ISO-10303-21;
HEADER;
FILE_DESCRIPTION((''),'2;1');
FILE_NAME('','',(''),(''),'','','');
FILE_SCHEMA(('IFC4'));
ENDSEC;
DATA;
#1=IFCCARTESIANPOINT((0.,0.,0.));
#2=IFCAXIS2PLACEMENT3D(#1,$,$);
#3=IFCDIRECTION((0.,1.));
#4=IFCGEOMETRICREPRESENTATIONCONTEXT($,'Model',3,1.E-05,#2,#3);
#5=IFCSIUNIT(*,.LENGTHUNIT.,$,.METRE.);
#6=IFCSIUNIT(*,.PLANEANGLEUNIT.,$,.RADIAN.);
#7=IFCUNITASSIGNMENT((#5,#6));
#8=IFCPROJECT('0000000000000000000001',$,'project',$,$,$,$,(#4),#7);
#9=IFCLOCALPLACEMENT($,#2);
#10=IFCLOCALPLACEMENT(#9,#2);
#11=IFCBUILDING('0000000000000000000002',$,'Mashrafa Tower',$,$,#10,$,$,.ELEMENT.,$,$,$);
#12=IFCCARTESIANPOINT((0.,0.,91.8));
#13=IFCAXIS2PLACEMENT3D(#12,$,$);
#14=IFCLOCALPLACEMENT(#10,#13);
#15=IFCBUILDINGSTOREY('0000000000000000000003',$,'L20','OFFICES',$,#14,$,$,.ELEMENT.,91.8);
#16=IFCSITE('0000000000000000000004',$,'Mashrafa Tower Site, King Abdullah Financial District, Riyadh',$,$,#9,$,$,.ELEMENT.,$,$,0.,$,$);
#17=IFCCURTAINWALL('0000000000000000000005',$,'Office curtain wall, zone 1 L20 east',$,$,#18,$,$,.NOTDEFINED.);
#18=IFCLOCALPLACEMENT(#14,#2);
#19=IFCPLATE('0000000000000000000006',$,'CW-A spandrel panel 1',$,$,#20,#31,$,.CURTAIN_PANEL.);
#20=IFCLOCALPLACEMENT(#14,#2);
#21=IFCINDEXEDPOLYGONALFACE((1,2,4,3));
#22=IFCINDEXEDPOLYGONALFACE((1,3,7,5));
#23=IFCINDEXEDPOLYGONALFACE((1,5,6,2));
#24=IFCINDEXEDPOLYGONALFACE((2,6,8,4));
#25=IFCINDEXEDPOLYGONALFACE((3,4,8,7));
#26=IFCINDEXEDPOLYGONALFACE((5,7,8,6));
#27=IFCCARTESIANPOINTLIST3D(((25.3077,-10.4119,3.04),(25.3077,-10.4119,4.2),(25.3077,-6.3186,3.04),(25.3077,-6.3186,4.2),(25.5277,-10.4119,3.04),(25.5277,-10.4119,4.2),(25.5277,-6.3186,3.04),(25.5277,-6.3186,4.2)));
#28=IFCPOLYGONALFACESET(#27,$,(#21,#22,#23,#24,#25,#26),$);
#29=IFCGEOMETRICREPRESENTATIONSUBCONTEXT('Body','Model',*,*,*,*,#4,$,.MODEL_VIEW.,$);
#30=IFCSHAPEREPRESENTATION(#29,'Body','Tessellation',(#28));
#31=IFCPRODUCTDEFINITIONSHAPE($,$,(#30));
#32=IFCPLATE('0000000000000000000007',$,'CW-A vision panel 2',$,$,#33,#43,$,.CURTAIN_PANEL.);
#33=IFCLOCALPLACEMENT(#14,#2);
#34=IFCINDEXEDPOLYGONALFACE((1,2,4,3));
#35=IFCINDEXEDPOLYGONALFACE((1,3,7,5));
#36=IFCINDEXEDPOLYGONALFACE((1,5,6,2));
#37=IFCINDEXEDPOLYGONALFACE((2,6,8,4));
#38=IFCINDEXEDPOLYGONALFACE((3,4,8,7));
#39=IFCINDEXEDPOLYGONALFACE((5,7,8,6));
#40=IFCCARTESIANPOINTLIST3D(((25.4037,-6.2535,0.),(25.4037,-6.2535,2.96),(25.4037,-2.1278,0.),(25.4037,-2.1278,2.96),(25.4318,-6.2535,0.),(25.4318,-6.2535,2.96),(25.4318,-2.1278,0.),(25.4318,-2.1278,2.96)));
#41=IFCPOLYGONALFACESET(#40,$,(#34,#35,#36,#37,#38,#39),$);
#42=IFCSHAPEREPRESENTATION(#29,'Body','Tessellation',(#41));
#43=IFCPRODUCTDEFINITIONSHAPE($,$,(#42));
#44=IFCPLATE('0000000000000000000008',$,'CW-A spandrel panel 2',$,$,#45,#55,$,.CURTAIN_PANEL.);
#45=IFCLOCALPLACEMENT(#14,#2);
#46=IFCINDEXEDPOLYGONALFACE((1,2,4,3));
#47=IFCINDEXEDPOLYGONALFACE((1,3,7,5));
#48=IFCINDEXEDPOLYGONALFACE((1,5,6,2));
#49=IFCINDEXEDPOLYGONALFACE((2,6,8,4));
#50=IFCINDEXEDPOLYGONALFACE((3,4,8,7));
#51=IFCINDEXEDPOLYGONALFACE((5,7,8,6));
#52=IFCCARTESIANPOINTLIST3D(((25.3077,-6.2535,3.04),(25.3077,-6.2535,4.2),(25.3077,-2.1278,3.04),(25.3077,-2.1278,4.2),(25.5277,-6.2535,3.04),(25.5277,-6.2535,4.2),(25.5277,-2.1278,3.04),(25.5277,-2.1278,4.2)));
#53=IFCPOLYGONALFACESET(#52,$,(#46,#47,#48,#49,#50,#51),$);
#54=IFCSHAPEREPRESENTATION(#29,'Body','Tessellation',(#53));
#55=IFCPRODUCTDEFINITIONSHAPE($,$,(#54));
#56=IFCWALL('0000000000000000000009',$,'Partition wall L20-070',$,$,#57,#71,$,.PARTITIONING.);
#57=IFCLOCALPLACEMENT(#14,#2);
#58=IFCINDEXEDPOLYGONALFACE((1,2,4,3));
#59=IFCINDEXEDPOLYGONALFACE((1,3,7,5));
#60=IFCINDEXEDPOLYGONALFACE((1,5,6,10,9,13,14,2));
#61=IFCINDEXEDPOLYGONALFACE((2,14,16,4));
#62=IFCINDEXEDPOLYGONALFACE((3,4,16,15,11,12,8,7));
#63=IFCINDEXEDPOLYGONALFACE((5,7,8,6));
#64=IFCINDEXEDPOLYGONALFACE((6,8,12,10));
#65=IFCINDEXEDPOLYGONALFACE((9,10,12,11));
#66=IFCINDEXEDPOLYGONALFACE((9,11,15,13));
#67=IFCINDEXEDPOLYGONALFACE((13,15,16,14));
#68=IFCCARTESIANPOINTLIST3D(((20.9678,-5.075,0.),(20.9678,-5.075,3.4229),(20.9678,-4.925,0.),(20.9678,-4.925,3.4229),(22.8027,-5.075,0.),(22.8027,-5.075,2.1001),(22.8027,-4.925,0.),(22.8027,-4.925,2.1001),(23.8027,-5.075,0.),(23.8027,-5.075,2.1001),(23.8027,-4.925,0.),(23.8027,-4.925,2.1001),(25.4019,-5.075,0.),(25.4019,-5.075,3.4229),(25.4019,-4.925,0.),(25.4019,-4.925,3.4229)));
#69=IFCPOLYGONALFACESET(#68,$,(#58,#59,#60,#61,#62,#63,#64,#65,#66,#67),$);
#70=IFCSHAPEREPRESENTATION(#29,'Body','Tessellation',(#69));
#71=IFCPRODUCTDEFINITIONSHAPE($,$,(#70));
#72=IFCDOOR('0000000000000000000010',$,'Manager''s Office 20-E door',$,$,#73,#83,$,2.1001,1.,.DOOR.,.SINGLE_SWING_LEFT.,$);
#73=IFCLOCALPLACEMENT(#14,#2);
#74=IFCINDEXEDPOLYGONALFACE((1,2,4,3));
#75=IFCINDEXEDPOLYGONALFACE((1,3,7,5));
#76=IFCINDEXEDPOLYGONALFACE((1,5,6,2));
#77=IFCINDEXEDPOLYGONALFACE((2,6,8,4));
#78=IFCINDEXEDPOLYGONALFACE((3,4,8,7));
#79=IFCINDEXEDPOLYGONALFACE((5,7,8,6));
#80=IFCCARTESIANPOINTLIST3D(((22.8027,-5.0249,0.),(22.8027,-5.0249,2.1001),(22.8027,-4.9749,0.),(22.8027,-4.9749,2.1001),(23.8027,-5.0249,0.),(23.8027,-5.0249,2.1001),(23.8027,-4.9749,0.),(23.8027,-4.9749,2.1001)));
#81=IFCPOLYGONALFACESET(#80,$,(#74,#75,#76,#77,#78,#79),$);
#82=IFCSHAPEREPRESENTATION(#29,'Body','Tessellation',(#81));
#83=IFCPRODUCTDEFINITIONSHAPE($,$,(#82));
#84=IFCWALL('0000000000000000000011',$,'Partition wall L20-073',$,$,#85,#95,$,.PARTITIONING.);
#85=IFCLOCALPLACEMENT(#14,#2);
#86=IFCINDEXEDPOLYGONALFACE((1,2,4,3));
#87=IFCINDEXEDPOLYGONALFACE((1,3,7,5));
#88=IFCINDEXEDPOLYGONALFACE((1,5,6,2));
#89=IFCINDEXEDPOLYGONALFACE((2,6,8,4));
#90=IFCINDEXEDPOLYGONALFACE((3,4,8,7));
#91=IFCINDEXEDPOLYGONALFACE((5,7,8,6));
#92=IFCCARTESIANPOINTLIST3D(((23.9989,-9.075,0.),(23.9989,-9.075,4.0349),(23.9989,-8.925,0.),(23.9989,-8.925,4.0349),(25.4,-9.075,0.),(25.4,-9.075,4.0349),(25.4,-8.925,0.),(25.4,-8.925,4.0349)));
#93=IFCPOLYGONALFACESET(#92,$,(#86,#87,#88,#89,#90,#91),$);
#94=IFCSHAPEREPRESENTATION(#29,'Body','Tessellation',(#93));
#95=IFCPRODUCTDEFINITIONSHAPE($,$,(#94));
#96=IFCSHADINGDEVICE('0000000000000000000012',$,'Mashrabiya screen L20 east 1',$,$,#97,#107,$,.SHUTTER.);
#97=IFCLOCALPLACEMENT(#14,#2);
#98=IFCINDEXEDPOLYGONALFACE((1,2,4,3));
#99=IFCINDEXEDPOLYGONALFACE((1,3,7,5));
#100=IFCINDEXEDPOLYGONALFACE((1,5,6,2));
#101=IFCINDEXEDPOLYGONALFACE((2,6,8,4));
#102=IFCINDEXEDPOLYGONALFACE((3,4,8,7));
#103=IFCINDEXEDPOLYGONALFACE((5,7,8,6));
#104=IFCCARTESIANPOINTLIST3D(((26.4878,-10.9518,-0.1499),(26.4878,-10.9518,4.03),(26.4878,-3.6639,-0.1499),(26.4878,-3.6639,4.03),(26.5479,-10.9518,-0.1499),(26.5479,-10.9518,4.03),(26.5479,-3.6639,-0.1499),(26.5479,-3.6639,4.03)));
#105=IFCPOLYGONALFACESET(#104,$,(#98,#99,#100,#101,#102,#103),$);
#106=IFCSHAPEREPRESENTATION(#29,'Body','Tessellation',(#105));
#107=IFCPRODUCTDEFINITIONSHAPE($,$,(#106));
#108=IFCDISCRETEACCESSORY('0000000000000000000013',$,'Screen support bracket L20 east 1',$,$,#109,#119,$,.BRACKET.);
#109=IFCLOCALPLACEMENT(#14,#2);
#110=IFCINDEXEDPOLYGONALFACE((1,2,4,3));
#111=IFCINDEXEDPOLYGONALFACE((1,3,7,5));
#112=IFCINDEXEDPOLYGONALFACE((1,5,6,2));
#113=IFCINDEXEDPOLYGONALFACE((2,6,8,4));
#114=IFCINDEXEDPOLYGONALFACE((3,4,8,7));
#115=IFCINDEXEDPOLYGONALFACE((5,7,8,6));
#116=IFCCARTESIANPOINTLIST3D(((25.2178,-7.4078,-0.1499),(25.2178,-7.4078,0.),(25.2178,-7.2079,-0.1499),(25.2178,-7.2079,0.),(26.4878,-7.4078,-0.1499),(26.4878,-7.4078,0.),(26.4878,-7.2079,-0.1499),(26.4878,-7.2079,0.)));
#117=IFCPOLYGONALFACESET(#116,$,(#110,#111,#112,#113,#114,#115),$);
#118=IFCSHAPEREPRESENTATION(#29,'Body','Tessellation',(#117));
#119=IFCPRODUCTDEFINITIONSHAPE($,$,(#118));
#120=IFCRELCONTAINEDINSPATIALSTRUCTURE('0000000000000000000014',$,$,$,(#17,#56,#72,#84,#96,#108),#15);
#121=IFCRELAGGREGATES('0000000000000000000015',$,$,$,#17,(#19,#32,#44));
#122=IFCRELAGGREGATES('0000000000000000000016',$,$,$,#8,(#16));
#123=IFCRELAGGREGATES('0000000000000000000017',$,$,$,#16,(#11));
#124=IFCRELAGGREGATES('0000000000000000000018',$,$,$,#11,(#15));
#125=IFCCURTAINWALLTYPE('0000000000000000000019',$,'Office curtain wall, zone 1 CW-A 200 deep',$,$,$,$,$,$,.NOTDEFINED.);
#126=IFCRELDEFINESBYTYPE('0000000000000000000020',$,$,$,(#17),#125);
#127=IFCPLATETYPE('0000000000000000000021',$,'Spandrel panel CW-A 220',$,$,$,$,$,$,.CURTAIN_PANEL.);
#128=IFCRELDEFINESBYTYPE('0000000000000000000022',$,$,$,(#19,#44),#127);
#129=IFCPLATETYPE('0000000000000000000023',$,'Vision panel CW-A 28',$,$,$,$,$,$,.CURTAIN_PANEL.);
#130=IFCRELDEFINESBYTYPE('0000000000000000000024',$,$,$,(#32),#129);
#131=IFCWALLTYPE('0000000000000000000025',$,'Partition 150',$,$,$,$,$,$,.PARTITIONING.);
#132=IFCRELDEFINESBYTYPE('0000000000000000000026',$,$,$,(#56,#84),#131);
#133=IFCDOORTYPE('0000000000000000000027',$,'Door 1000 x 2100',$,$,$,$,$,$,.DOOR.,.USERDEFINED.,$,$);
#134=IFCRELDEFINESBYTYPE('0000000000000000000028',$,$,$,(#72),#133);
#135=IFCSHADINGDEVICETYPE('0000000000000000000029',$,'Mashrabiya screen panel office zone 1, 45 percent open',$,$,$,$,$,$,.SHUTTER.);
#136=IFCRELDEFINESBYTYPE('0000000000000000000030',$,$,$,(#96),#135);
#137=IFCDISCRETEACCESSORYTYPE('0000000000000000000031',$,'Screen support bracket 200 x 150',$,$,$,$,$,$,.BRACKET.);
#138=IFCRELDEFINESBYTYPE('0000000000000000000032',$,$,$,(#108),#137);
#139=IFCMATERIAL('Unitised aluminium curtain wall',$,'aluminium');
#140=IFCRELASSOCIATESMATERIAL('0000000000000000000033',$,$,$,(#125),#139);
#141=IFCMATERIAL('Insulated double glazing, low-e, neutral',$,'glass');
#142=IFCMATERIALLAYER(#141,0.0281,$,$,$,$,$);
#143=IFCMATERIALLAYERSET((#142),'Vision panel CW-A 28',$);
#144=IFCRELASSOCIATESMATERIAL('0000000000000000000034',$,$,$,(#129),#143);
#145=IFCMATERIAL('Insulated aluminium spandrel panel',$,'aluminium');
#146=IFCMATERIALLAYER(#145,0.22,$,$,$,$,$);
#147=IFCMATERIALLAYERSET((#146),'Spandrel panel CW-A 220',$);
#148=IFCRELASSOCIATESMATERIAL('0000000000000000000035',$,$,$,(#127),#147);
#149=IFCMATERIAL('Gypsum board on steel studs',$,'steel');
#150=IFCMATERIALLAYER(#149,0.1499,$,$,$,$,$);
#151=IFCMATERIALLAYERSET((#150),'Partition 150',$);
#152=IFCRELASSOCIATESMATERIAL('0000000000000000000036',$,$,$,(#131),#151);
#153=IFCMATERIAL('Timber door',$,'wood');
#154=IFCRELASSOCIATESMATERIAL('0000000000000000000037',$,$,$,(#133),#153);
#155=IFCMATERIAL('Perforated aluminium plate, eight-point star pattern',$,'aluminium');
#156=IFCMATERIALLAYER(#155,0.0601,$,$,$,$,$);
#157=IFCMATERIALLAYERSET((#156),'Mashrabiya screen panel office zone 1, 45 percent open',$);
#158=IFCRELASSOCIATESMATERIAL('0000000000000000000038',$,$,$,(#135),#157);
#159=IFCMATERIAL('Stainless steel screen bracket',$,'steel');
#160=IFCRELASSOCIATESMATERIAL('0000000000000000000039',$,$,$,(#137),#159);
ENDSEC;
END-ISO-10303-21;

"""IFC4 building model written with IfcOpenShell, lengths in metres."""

from ifc_helpers import new_model, si_unit, direction, frame, frame_2d, origin, origin_2d, place, context, subcontext, project, spatial, rectangle, extrude, source, transform, mapped, material, layer, layer_set, type_object, type_shapes, element, fill, aggregate, save


model = new_model("IFC4")

# Units and contexts
model_context = context("Model", 3, precision=1e-05, world=origin(), true_north=direction((0.0, 1.0)))
body_context = subcontext(model_context, "Body", "Model", "MODEL_VIEW")
ifc_project = project(units=[si_unit("LENGTHUNIT", "METRE"), si_unit("PLANEANGLEUNIT", "RADIAN")], contexts=[model_context])

# Site, building, storey
site_placement = place(None, origin())
site = spatial("IfcSite", under=ifc_project, at=site_placement, Name="Mashrafa Tower Site, King Abdullah Financial District, Riyadh", CompositionType="ELEMENT", RefElevation=0.0)
building_placement = place(site_placement, origin())
building = spatial("IfcBuilding", under=site, at=building_placement, Name="Mashrafa Tower", CompositionType="ELEMENT")
storey_placement = place(building_placement, frame((0.0, 0.0, 91.8)))
storey = spatial("IfcBuildingStorey", under=building, at=storey_placement, Name="L20", Description="OFFICES", CompositionType="ELEMENT", Elevation=91.8)

# Curtain wall
ifc_material_1 = material(Name="Unitised aluminium curtain wall", Category="aluminium")
curtain_wall_type = type_object("IfcCurtainWallType", Name="Office curtain wall, zone 1 CW-A 200 deep", PredefinedType="NOTDEFINED", material=ifc_material_1)
curtain_wall_1_placement = place(storey_placement, origin())
curtain_wall_1 = element("IfcCurtainWall", 1, at=curtain_wall_1_placement, inside=storey, type_object=curtain_wall_type, Name="Office curtain wall, zone 1 L20 east", PredefinedType="NOTDEFINED")

# Plates
ifc_material_2 = material(Name="Insulated double glazing, low-e, neutral", Category="glass")
ifc_layer_1 = layer(ifc_material_2, 0.0281)
ifc_layer_set_1 = layer_set([ifc_layer_1], Name="Vision panel CW-A 28")
plate_type_1 = type_object("IfcPlateType", Name="Vision panel CW-A 28", PredefinedType="CURTAIN_PANEL", material=ifc_layer_set_1)
ifc_material_3 = material(Name="Insulated aluminium spandrel panel", Category="aluminium")
ifc_layer_2 = layer(ifc_material_3, 0.22)
ifc_layer_set_2 = layer_set([ifc_layer_2], Name="Spandrel panel CW-A 220")
plate_type_2 = type_object("IfcPlateType", Name="Spandrel panel CW-A 220", PredefinedType="CURTAIN_PANEL", material=ifc_layer_set_2)
shared_shape_1 = source(origin(), body_context, "Body", "SweptSolid", [
    extrude(rectangle(XDim=4.0933, YDim=0.22, at=origin_2d()), origin(), (0.0, 0.0, 1.0), 1.1599),
])
plate_1_placement = place(storey_placement, frame((25.4177, -8.3652, 3.04), z_axis=(0.0, 0.0, 1.0), x_axis=(0.0, 1.0, 0.0)))
plate_1 = element("IfcPlate", 2, at=plate_1_placement, type_object=plate_type_2, Name="CW-A spandrel panel 1", PredefinedType="CURTAIN_PANEL", context=body_context, shape_type="MappedRepresentation", body=[
    mapped(shared_shape_1, transform((0.0, 0.0, 0.0))),
])
shared_shape_2 = source(origin(), body_context, "Body", "SweptSolid", [
    extrude(rectangle(XDim=4.1257, YDim=0.0281, at=origin_2d()), origin(), (0.0, 0.0, 1.0), 2.96),
])
plate_2_placement = place(storey_placement, frame((25.4177, -4.1907, 0.0), z_axis=(0.0, 0.0, 1.0), x_axis=(0.0, 1.0, 0.0)))
plate_2 = element("IfcPlate", 3, at=plate_2_placement, type_object=plate_type_1, Name="CW-A vision panel 2", PredefinedType="CURTAIN_PANEL", context=body_context, shape_type="MappedRepresentation", body=[
    mapped(shared_shape_2, transform((0.0, 0.0, 0.0))),
])
shared_shape_3 = source(origin(), body_context, "Body", "SweptSolid", [
    extrude(rectangle(XDim=4.1257, YDim=0.22, at=origin_2d()), origin(), (0.0, 0.0, 1.0), 1.1599),
])
type_shapes(plate_type_2, [shared_shape_1, shared_shape_3])
plate_3_placement = place(storey_placement, frame((25.4177, -4.1907, 3.04), z_axis=(0.0, 0.0, 1.0), x_axis=(0.0, 1.0, 0.0)))
plate_3 = element("IfcPlate", 4, at=plate_3_placement, type_object=plate_type_2, Name="CW-A spandrel panel 2", PredefinedType="CURTAIN_PANEL", context=body_context, shape_type="MappedRepresentation", body=[
    mapped(shared_shape_3, transform((0.0, 0.0, 0.0))),
])
aggregate(curtain_wall_1, [plate_1, plate_2, plate_3])

# Wall, opening, door
ifc_material_4 = material(Name="Gypsum board on steel studs", Category="steel")
ifc_layer_3 = layer(ifc_material_4, 0.1499)
ifc_layer_set_3 = layer_set([ifc_layer_3], Name="Partition 150")
wall_type = type_object("IfcWallType", Name="Partition 150", PredefinedType="PARTITIONING", material=ifc_layer_set_3)
wall_1_placement = place(storey_placement, frame((25.4019, -5.0, 0.0), z_axis=(0.0, 0.0, 1.0), x_axis=(-1.0, 0.0, 0.0)))
wall_1 = element("IfcWall", 5, at=wall_1_placement, inside=storey, type_object=wall_type, Name="Partition wall L20-070", PredefinedType="PARTITIONING", context=body_context, shape_type="SweptSolid", body=[
    extrude(rectangle(XDim=4.4341, YDim=0.1499, at=frame_2d((2.217, 0.0))), origin(), (0.0, 0.0, 1.0), 3.4229),
])
opening_placement = place(wall_1_placement, frame((1.5991, 0.0, 0.0)))
opening = element("IfcOpeningElement", 6, at=opening_placement, cuts=wall_1, PredefinedType="OPENING", context=body_context, shape_type="SweptSolid", body=[
    extrude(rectangle(XDim=1.0, YDim=2.1001, at=frame_2d((0.5, 1.05))), frame((0.0, 0.085, 0.0), z_axis=(0.0, -1.0, 0.0), x_axis=(1.0, 0.0, 0.0)), (0.0, 0.0, 1.0), 0.1699),
])
ifc_material_5 = material(Name="Timber door", Category="wood")
door_type = type_object("IfcDoorType", Name="Door 1000 x 2100", OperationType="USERDEFINED", PredefinedType="DOOR", material=ifc_material_5)
door_placement = place(opening_placement, origin())
door = element("IfcDoor", 7, at=door_placement, inside=storey, type_object=door_type, Name="Manager's Office 20-E door", OperationType="SINGLE_SWING_LEFT", OverallHeight=2.1001, OverallWidth=1.0, PredefinedType="DOOR", context=body_context, shape_type="SweptSolid", body=[
    extrude(rectangle(XDim=1.0, YDim=2.1001, at=frame_2d((0.5, 1.05))), frame((0.0, 0.0249, 0.0), z_axis=(0.0, -1.0, 0.0), x_axis=(1.0, 0.0, 0.0)), (0.0, 0.0, 1.0), 0.05),
])
fill(opening, door)

# Wall
wall_2_placement = place(storey_placement, frame((23.9988, -9.0, 0.0), z_axis=(0.0, 0.0, 1.0), x_axis=(1.0, 0.0, 0.0)))
element("IfcWall", 8, at=wall_2_placement, inside=storey, type_object=wall_type, Name="Partition wall L20-073", PredefinedType="PARTITIONING", context=body_context, shape_type="SweptSolid", body=[
    extrude(rectangle(XDim=1.4011, YDim=0.1499, at=frame_2d((0.7007, 0.0))), origin(), (0.0, 0.0, 1.0), 4.0349),
])

# Shading device
ifc_material_6 = material(Name="Perforated aluminium plate, eight-point star pattern", Category="aluminium")
ifc_layer_4 = layer(ifc_material_6, 0.0601)
ifc_layer_set_4 = layer_set([ifc_layer_4], Name="Mashrabiya screen panel office zone 1, 45 percent open")
shading_device_type = type_object("IfcShadingDeviceType", Name="Mashrabiya screen panel office zone 1, 45 percent open", PredefinedType="SHUTTER", material=ifc_layer_set_4)
shared_shape_4 = source(origin(), body_context, "Body", "SweptSolid", [
    extrude(rectangle(XDim=7.2878, YDim=0.0601, at=origin_2d()), origin(), (0.0, 0.0, 1.0), 4.1799),
])
type_shapes(shading_device_type, [shared_shape_4])
shading_device_placement = place(storey_placement, frame((26.5178, -7.3079, -0.1499), z_axis=(0.0, 0.0, 1.0), x_axis=(0.0, 1.0, 0.0)))
element("IfcShadingDevice", 9, at=shading_device_placement, inside=storey, type_object=shading_device_type, Name="Mashrabiya screen L20 east 1", PredefinedType="SHUTTER", context=body_context, shape_type="MappedRepresentation", body=[
    mapped(shared_shape_4, transform((0.0, 0.0, 0.0))),
])

# Discrete accessory
ifc_material_7 = material(Name="Stainless steel screen bracket", Category="steel")
discrete_accessory_type = type_object("IfcDiscreteAccessoryType", Name="Screen support bracket 200 x 150", PredefinedType="BRACKET", material=ifc_material_7)
shared_shape_5 = source(origin(), body_context, "Body", "SweptSolid", [
    extrude(rectangle(XDim=0.2, YDim=1.27, at=origin_2d()), origin(), (0.0, 0.0, 1.0), 0.1499),
])
type_shapes(discrete_accessory_type, [shared_shape_5])
discrete_accessory_placement = place(storey_placement, frame((25.8528, -7.3079, -0.1499), z_axis=(0.0, 0.0, 1.0), x_axis=(0.0, 1.0, 0.0)))
element("IfcDiscreteAccessory", 10, at=discrete_accessory_placement, inside=storey, type_object=discrete_accessory_type, Name="Screen support bracket L20 east 1", PredefinedType="BRACKET", context=body_context, shape_type="MappedRepresentation", body=[
    mapped(shared_shape_5, transform((0.0, 0.0, 0.0))),
])

save(model, "model.ifc")
